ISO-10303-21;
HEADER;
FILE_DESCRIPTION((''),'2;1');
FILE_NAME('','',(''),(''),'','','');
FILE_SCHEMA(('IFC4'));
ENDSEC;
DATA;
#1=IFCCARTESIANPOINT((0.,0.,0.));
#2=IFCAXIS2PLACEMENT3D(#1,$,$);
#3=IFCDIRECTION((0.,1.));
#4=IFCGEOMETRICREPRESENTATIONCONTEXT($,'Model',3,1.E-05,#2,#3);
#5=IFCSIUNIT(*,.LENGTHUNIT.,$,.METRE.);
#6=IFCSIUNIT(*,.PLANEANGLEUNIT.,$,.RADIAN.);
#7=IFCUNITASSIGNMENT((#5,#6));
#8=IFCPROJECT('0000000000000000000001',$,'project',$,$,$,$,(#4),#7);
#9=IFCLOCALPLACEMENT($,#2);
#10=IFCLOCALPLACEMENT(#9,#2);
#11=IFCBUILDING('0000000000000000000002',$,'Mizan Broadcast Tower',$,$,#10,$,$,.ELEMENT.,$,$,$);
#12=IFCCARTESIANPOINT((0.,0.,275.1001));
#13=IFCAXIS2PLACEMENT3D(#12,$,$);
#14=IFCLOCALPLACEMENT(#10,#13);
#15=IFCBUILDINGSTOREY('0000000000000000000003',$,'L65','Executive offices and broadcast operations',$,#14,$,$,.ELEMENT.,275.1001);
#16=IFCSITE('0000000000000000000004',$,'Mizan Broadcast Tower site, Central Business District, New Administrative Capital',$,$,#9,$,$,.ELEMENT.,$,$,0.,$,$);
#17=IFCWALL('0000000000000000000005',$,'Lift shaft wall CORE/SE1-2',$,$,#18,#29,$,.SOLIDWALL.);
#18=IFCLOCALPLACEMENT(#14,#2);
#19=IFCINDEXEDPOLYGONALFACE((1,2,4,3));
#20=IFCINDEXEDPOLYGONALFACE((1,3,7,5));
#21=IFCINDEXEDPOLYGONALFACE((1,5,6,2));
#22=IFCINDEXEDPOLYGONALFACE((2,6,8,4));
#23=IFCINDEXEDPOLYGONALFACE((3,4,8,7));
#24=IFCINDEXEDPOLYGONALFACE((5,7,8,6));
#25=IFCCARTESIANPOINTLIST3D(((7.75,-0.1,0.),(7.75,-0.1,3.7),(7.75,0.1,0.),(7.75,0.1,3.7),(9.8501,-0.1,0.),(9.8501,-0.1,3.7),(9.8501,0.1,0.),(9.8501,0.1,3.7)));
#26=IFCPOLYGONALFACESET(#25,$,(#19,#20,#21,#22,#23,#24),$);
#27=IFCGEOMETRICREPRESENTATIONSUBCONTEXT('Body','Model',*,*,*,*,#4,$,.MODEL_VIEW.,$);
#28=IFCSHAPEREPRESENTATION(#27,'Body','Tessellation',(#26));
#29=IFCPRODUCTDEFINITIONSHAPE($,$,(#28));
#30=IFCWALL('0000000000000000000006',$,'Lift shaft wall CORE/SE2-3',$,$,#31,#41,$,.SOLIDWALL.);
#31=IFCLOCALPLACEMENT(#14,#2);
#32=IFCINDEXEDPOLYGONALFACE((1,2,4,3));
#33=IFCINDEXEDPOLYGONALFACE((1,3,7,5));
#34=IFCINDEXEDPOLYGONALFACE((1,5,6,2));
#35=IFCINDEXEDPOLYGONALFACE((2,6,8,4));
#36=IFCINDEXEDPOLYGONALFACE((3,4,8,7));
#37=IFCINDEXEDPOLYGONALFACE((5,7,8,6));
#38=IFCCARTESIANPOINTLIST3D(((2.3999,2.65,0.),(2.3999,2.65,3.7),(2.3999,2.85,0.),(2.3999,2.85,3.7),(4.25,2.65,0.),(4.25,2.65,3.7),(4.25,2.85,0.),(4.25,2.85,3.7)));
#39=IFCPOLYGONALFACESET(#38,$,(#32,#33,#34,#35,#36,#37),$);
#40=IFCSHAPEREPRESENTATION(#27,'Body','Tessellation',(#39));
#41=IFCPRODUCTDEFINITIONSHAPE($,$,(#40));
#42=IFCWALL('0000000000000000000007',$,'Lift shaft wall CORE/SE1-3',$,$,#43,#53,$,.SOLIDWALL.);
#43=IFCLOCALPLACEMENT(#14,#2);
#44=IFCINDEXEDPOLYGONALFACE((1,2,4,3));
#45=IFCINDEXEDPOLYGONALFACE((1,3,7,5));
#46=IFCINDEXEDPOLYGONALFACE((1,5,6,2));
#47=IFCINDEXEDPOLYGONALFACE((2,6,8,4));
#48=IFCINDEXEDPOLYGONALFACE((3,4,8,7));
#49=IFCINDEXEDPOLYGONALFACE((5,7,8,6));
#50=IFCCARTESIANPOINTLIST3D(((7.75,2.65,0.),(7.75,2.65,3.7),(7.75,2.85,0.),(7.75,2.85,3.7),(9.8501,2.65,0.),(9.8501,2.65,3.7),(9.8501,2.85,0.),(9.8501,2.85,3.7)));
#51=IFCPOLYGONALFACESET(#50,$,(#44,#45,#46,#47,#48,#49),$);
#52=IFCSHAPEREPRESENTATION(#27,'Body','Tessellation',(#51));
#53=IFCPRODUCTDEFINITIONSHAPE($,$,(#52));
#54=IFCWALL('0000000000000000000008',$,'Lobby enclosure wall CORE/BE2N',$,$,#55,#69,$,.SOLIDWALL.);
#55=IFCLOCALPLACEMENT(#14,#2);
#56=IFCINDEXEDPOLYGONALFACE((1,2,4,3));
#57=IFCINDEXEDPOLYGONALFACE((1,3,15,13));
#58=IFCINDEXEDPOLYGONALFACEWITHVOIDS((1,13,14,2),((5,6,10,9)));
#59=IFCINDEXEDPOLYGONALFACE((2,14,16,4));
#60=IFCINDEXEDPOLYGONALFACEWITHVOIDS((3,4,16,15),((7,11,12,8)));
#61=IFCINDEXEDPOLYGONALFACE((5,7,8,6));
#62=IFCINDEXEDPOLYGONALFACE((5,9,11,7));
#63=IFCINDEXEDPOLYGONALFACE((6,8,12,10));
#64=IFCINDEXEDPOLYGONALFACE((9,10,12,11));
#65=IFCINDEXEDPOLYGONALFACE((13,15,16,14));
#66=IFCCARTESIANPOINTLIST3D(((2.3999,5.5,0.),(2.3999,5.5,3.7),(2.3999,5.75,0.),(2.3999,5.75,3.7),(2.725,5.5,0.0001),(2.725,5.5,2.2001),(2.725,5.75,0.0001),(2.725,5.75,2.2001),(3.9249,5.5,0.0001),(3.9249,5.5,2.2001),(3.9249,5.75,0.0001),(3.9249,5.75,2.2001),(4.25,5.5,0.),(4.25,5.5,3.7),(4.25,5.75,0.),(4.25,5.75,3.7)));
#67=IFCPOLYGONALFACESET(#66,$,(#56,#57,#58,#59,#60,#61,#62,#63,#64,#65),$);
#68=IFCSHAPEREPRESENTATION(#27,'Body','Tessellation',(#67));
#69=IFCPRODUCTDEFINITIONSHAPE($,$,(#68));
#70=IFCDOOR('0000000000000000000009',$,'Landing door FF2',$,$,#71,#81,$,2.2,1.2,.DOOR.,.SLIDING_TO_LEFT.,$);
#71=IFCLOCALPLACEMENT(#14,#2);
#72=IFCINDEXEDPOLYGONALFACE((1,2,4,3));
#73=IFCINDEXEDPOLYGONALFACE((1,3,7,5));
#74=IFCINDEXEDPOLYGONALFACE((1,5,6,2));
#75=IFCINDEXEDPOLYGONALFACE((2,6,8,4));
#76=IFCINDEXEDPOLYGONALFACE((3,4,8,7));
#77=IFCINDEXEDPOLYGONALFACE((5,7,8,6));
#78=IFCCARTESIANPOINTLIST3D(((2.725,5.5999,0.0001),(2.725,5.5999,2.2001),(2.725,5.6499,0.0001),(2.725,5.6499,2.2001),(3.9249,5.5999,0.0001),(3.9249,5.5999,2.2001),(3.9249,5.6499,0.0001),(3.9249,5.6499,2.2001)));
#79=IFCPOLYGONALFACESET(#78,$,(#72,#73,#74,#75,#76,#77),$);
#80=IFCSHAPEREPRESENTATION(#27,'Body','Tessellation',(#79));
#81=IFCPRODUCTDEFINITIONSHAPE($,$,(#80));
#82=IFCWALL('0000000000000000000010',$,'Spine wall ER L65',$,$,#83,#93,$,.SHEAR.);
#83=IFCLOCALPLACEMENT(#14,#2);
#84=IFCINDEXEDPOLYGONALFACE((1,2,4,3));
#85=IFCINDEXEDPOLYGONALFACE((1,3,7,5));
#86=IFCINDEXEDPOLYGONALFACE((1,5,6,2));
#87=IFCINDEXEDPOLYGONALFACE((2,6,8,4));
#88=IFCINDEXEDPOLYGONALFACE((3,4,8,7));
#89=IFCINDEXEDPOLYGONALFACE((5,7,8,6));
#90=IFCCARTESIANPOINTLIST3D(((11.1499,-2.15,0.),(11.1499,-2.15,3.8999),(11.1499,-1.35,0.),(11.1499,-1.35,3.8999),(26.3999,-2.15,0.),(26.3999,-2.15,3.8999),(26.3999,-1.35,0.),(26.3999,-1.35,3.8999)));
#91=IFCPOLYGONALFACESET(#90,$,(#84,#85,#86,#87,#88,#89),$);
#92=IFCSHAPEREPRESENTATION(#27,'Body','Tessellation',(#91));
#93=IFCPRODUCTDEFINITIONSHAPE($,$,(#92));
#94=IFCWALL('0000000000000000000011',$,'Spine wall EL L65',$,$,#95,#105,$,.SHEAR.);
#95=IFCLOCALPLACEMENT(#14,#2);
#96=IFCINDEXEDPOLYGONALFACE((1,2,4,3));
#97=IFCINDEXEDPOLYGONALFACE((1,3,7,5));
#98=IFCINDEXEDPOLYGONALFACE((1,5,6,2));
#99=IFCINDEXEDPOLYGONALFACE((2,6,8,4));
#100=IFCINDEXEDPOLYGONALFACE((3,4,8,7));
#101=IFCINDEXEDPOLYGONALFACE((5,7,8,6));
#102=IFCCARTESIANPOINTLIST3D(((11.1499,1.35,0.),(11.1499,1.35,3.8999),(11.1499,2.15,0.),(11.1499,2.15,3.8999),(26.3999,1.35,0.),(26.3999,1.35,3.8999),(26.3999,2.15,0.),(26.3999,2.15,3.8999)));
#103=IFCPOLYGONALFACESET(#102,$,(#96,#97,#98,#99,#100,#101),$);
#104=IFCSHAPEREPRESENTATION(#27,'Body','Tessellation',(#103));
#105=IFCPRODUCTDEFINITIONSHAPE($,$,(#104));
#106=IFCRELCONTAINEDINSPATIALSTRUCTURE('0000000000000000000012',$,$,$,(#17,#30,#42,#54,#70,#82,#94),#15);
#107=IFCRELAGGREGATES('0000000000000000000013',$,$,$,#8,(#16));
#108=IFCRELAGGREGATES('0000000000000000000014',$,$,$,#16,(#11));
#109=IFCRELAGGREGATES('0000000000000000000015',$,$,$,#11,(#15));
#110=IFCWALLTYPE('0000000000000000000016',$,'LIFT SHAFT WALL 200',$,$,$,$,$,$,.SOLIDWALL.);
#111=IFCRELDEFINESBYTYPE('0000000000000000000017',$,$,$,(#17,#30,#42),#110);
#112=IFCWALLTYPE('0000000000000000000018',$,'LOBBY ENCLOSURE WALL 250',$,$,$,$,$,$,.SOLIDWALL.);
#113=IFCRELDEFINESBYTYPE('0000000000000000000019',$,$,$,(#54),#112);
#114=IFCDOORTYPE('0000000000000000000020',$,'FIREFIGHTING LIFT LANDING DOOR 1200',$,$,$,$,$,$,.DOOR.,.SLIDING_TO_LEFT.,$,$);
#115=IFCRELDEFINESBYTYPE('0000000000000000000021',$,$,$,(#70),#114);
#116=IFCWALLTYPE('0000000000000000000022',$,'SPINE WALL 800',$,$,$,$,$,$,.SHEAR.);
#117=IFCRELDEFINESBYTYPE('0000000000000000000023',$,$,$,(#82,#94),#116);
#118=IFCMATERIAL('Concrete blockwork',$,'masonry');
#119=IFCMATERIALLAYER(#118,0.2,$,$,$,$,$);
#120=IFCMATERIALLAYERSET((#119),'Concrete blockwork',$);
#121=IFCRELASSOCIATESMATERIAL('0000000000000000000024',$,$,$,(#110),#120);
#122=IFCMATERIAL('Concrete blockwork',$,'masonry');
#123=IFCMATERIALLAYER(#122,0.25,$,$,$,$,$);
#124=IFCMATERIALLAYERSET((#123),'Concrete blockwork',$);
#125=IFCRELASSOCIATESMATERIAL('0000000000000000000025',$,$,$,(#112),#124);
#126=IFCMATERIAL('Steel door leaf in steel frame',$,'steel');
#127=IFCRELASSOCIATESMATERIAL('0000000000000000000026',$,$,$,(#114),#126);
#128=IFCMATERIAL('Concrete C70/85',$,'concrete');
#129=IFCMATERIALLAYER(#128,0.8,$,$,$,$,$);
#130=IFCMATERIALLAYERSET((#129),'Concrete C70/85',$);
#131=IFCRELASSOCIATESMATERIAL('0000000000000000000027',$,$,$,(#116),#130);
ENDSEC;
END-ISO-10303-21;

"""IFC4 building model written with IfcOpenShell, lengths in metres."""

from ifc_helpers import new_model, si_unit, direction, frame, frame_2d, origin, place, context, subcontext, project, spatial, rectangle, extrude, material, layer, layer_set, type_object, element, fill, save


model = new_model("IFC4")

# Units and contexts
model_context = context("Model", 3, precision=1e-05, world=origin(), true_north=direction((0.0, 1.0)))
body_context = subcontext(model_context, "Body", "Model", "MODEL_VIEW")
ifc_project = project(units=[si_unit("LENGTHUNIT", "METRE"), si_unit("PLANEANGLEUNIT", "RADIAN")], contexts=[model_context])

# Site, building, storey
site_placement = place(None, origin())
site = spatial("IfcSite", under=ifc_project, at=site_placement, Name="Mizan Broadcast Tower site, Central Business District, New Administrative Capital", CompositionType="ELEMENT", RefElevation=0.0)
building_placement = place(site_placement, origin())
building = spatial("IfcBuilding", under=site, at=building_placement, Name="Mizan Broadcast Tower", CompositionType="ELEMENT")
storey_placement = place(building_placement, frame((0.0, 0.0, 275.1001)))
storey = spatial("IfcBuildingStorey", under=building, at=storey_placement, Name="L65", Description="Executive offices and broadcast operations", CompositionType="ELEMENT", Elevation=275.1001)

# Walls
ifc_material_1 = material(Name="Concrete blockwork", Category="masonry")
ifc_layer_1 = layer(ifc_material_1, 0.2)
ifc_layer_set_1 = layer_set([ifc_layer_1], Name="Concrete blockwork")
wall_type_1 = type_object("IfcWallType", Name="LIFT SHAFT WALL 200", PredefinedType="SOLIDWALL", material=ifc_layer_set_1)
wall_1_placement = place(storey_placement, frame((7.75, 0.0, 0.0), z_axis=(0.0, 0.0, 1.0), x_axis=(1.0, 0.0, 0.0)))
element("IfcWall", 1, at=wall_1_placement, inside=storey, type_object=wall_type_1, Name="Lift shaft wall CORE/SE1-2", PredefinedType="SOLIDWALL", context=body_context, shape_type="SweptSolid", body=[
    extrude(rectangle(XDim=2.1001, YDim=0.2, at=frame_2d((1.05, 0.0))), origin(), (0.0, 0.0, 1.0), 3.7),
])
wall_2_placement = place(storey_placement, frame((2.3999, 2.75, 0.0), z_axis=(0.0, 0.0, 1.0), x_axis=(1.0, 0.0, 0.0)))
element("IfcWall", 2, at=wall_2_placement, inside=storey, type_object=wall_type_1, Name="Lift shaft wall CORE/SE2-3", PredefinedType="SOLIDWALL", context=body_context, shape_type="SweptSolid", body=[
    extrude(rectangle(XDim=1.8501, YDim=0.2, at=frame_2d((0.925, 0.0))), origin(), (0.0, 0.0, 1.0), 3.7),
])
wall_3_placement = place(storey_placement, frame((7.75, 2.75, 0.0), z_axis=(0.0, 0.0, 1.0), x_axis=(1.0, 0.0, 0.0)))
element("IfcWall", 3, at=wall_3_placement, inside=storey, type_object=wall_type_1, Name="Lift shaft wall CORE/SE1-3", PredefinedType="SOLIDWALL", context=body_context, shape_type="SweptSolid", body=[
    extrude(rectangle(XDim=2.1001, YDim=0.2, at=frame_2d((1.05, 0.0))), origin(), (0.0, 0.0, 1.0), 3.7),
])

# Wall, opening, door
ifc_material_2 = material(Name="Concrete blockwork", Category="masonry")
ifc_layer_2 = layer(ifc_material_2, 0.25)
ifc_layer_set_2 = layer_set([ifc_layer_2], Name="Concrete blockwork")
wall_type_2 = type_object("IfcWallType", Name="LOBBY ENCLOSURE WALL 250", PredefinedType="SOLIDWALL", material=ifc_layer_set_2)
wall_4_placement = place(storey_placement, frame((2.3999, 5.625, 0.0), z_axis=(0.0, 0.0, 1.0), x_axis=(1.0, 0.0, 0.0)))
wall_4 = element("IfcWall", 4, at=wall_4_placement, inside=storey, type_object=wall_type_2, Name="Lobby enclosure wall CORE/BE2N", PredefinedType="SOLIDWALL", context=body_context, shape_type="SweptSolid", body=[
    extrude(rectangle(XDim=1.8501, YDim=0.25, at=frame_2d((0.925, 0.0))), origin(), (0.0, 0.0, 1.0), 3.7),
])
opening_1_placement = place(wall_4_placement, frame((0.325, 0.0, 0.0)))
opening_1 = element("IfcOpeningElement", 5, at=opening_1_placement, cuts=wall_4, PredefinedType="OPENING", context=body_context, shape_type="SweptSolid", body=[
    extrude(rectangle(XDim=1.2, YDim=2.2, at=frame_2d((0.6001, 1.1001))), frame((0.0, 0.135, 0.0), z_axis=(0.0, -1.0, 0.0), x_axis=(1.0, 0.0, 0.0)), (0.0, 0.0, 1.0), 0.27),
])
ifc_material_3 = material(Name="Steel door leaf in steel frame", Category="steel")
door_type_1 = type_object("IfcDoorType", Name="FIREFIGHTING LIFT LANDING DOOR 1200", OperationType="SLIDING_TO_LEFT", PredefinedType="DOOR", material=ifc_material_3)
door_1_placement = place(opening_1_placement, origin())
door_1 = element("IfcDoor", 6, at=door_1_placement, inside=storey, type_object=door_type_1, Name="Landing door FF2", OperationType="SLIDING_TO_LEFT", OverallHeight=2.2, OverallWidth=1.2, PredefinedType="DOOR", context=body_context, shape_type="SweptSolid", body=[
    extrude(rectangle(XDim=1.2, YDim=2.2, at=frame_2d((0.6001, 1.1001))), frame((0.0, 0.0249, 0.0), z_axis=(0.0, -1.0, 0.0), x_axis=(1.0, 0.0, 0.0)), (0.0, 0.0, 1.0), 0.05),
])
fill(opening_1, door_1)

# Walls
ifc_material_4 = material(Name="Concrete C70/85", Category="concrete")
ifc_layer_3 = layer(ifc_material_4, 0.8)
ifc_layer_set_3 = layer_set([ifc_layer_3], Name="Concrete C70/85")
wall_type_3 = type_object("IfcWallType", Name="SPINE WALL 800", PredefinedType="SHEAR", material=ifc_layer_set_3)
for number, where, z_axis, x_axis, name in (
    (7, (11.1499, -1.75, 0.0), (0.0, 0.0, 1.0), (1.0, 0.0, 0.0), "Spine wall ER L65"),
    (8, (11.1499, 1.75, 0.0), (0.0, 0.0, 1.0), (1.0, 0.0, 0.0), "Spine wall EL L65"),
):
    element("IfcWall", number, at=place(storey_placement, frame(where, z_axis=z_axis, x_axis=x_axis)), inside=storey, type_object=wall_type_3, Name=name, PredefinedType="SHEAR", context=body_context, shape_type="SweptSolid", body=[
        extrude(rectangle(XDim=15.25, YDim=0.8, at=frame_2d((7.625, 0.0))), origin(), (0.0, 0.0, 1.0), 3.8999),
    ])

save(model, "model.ifc")
